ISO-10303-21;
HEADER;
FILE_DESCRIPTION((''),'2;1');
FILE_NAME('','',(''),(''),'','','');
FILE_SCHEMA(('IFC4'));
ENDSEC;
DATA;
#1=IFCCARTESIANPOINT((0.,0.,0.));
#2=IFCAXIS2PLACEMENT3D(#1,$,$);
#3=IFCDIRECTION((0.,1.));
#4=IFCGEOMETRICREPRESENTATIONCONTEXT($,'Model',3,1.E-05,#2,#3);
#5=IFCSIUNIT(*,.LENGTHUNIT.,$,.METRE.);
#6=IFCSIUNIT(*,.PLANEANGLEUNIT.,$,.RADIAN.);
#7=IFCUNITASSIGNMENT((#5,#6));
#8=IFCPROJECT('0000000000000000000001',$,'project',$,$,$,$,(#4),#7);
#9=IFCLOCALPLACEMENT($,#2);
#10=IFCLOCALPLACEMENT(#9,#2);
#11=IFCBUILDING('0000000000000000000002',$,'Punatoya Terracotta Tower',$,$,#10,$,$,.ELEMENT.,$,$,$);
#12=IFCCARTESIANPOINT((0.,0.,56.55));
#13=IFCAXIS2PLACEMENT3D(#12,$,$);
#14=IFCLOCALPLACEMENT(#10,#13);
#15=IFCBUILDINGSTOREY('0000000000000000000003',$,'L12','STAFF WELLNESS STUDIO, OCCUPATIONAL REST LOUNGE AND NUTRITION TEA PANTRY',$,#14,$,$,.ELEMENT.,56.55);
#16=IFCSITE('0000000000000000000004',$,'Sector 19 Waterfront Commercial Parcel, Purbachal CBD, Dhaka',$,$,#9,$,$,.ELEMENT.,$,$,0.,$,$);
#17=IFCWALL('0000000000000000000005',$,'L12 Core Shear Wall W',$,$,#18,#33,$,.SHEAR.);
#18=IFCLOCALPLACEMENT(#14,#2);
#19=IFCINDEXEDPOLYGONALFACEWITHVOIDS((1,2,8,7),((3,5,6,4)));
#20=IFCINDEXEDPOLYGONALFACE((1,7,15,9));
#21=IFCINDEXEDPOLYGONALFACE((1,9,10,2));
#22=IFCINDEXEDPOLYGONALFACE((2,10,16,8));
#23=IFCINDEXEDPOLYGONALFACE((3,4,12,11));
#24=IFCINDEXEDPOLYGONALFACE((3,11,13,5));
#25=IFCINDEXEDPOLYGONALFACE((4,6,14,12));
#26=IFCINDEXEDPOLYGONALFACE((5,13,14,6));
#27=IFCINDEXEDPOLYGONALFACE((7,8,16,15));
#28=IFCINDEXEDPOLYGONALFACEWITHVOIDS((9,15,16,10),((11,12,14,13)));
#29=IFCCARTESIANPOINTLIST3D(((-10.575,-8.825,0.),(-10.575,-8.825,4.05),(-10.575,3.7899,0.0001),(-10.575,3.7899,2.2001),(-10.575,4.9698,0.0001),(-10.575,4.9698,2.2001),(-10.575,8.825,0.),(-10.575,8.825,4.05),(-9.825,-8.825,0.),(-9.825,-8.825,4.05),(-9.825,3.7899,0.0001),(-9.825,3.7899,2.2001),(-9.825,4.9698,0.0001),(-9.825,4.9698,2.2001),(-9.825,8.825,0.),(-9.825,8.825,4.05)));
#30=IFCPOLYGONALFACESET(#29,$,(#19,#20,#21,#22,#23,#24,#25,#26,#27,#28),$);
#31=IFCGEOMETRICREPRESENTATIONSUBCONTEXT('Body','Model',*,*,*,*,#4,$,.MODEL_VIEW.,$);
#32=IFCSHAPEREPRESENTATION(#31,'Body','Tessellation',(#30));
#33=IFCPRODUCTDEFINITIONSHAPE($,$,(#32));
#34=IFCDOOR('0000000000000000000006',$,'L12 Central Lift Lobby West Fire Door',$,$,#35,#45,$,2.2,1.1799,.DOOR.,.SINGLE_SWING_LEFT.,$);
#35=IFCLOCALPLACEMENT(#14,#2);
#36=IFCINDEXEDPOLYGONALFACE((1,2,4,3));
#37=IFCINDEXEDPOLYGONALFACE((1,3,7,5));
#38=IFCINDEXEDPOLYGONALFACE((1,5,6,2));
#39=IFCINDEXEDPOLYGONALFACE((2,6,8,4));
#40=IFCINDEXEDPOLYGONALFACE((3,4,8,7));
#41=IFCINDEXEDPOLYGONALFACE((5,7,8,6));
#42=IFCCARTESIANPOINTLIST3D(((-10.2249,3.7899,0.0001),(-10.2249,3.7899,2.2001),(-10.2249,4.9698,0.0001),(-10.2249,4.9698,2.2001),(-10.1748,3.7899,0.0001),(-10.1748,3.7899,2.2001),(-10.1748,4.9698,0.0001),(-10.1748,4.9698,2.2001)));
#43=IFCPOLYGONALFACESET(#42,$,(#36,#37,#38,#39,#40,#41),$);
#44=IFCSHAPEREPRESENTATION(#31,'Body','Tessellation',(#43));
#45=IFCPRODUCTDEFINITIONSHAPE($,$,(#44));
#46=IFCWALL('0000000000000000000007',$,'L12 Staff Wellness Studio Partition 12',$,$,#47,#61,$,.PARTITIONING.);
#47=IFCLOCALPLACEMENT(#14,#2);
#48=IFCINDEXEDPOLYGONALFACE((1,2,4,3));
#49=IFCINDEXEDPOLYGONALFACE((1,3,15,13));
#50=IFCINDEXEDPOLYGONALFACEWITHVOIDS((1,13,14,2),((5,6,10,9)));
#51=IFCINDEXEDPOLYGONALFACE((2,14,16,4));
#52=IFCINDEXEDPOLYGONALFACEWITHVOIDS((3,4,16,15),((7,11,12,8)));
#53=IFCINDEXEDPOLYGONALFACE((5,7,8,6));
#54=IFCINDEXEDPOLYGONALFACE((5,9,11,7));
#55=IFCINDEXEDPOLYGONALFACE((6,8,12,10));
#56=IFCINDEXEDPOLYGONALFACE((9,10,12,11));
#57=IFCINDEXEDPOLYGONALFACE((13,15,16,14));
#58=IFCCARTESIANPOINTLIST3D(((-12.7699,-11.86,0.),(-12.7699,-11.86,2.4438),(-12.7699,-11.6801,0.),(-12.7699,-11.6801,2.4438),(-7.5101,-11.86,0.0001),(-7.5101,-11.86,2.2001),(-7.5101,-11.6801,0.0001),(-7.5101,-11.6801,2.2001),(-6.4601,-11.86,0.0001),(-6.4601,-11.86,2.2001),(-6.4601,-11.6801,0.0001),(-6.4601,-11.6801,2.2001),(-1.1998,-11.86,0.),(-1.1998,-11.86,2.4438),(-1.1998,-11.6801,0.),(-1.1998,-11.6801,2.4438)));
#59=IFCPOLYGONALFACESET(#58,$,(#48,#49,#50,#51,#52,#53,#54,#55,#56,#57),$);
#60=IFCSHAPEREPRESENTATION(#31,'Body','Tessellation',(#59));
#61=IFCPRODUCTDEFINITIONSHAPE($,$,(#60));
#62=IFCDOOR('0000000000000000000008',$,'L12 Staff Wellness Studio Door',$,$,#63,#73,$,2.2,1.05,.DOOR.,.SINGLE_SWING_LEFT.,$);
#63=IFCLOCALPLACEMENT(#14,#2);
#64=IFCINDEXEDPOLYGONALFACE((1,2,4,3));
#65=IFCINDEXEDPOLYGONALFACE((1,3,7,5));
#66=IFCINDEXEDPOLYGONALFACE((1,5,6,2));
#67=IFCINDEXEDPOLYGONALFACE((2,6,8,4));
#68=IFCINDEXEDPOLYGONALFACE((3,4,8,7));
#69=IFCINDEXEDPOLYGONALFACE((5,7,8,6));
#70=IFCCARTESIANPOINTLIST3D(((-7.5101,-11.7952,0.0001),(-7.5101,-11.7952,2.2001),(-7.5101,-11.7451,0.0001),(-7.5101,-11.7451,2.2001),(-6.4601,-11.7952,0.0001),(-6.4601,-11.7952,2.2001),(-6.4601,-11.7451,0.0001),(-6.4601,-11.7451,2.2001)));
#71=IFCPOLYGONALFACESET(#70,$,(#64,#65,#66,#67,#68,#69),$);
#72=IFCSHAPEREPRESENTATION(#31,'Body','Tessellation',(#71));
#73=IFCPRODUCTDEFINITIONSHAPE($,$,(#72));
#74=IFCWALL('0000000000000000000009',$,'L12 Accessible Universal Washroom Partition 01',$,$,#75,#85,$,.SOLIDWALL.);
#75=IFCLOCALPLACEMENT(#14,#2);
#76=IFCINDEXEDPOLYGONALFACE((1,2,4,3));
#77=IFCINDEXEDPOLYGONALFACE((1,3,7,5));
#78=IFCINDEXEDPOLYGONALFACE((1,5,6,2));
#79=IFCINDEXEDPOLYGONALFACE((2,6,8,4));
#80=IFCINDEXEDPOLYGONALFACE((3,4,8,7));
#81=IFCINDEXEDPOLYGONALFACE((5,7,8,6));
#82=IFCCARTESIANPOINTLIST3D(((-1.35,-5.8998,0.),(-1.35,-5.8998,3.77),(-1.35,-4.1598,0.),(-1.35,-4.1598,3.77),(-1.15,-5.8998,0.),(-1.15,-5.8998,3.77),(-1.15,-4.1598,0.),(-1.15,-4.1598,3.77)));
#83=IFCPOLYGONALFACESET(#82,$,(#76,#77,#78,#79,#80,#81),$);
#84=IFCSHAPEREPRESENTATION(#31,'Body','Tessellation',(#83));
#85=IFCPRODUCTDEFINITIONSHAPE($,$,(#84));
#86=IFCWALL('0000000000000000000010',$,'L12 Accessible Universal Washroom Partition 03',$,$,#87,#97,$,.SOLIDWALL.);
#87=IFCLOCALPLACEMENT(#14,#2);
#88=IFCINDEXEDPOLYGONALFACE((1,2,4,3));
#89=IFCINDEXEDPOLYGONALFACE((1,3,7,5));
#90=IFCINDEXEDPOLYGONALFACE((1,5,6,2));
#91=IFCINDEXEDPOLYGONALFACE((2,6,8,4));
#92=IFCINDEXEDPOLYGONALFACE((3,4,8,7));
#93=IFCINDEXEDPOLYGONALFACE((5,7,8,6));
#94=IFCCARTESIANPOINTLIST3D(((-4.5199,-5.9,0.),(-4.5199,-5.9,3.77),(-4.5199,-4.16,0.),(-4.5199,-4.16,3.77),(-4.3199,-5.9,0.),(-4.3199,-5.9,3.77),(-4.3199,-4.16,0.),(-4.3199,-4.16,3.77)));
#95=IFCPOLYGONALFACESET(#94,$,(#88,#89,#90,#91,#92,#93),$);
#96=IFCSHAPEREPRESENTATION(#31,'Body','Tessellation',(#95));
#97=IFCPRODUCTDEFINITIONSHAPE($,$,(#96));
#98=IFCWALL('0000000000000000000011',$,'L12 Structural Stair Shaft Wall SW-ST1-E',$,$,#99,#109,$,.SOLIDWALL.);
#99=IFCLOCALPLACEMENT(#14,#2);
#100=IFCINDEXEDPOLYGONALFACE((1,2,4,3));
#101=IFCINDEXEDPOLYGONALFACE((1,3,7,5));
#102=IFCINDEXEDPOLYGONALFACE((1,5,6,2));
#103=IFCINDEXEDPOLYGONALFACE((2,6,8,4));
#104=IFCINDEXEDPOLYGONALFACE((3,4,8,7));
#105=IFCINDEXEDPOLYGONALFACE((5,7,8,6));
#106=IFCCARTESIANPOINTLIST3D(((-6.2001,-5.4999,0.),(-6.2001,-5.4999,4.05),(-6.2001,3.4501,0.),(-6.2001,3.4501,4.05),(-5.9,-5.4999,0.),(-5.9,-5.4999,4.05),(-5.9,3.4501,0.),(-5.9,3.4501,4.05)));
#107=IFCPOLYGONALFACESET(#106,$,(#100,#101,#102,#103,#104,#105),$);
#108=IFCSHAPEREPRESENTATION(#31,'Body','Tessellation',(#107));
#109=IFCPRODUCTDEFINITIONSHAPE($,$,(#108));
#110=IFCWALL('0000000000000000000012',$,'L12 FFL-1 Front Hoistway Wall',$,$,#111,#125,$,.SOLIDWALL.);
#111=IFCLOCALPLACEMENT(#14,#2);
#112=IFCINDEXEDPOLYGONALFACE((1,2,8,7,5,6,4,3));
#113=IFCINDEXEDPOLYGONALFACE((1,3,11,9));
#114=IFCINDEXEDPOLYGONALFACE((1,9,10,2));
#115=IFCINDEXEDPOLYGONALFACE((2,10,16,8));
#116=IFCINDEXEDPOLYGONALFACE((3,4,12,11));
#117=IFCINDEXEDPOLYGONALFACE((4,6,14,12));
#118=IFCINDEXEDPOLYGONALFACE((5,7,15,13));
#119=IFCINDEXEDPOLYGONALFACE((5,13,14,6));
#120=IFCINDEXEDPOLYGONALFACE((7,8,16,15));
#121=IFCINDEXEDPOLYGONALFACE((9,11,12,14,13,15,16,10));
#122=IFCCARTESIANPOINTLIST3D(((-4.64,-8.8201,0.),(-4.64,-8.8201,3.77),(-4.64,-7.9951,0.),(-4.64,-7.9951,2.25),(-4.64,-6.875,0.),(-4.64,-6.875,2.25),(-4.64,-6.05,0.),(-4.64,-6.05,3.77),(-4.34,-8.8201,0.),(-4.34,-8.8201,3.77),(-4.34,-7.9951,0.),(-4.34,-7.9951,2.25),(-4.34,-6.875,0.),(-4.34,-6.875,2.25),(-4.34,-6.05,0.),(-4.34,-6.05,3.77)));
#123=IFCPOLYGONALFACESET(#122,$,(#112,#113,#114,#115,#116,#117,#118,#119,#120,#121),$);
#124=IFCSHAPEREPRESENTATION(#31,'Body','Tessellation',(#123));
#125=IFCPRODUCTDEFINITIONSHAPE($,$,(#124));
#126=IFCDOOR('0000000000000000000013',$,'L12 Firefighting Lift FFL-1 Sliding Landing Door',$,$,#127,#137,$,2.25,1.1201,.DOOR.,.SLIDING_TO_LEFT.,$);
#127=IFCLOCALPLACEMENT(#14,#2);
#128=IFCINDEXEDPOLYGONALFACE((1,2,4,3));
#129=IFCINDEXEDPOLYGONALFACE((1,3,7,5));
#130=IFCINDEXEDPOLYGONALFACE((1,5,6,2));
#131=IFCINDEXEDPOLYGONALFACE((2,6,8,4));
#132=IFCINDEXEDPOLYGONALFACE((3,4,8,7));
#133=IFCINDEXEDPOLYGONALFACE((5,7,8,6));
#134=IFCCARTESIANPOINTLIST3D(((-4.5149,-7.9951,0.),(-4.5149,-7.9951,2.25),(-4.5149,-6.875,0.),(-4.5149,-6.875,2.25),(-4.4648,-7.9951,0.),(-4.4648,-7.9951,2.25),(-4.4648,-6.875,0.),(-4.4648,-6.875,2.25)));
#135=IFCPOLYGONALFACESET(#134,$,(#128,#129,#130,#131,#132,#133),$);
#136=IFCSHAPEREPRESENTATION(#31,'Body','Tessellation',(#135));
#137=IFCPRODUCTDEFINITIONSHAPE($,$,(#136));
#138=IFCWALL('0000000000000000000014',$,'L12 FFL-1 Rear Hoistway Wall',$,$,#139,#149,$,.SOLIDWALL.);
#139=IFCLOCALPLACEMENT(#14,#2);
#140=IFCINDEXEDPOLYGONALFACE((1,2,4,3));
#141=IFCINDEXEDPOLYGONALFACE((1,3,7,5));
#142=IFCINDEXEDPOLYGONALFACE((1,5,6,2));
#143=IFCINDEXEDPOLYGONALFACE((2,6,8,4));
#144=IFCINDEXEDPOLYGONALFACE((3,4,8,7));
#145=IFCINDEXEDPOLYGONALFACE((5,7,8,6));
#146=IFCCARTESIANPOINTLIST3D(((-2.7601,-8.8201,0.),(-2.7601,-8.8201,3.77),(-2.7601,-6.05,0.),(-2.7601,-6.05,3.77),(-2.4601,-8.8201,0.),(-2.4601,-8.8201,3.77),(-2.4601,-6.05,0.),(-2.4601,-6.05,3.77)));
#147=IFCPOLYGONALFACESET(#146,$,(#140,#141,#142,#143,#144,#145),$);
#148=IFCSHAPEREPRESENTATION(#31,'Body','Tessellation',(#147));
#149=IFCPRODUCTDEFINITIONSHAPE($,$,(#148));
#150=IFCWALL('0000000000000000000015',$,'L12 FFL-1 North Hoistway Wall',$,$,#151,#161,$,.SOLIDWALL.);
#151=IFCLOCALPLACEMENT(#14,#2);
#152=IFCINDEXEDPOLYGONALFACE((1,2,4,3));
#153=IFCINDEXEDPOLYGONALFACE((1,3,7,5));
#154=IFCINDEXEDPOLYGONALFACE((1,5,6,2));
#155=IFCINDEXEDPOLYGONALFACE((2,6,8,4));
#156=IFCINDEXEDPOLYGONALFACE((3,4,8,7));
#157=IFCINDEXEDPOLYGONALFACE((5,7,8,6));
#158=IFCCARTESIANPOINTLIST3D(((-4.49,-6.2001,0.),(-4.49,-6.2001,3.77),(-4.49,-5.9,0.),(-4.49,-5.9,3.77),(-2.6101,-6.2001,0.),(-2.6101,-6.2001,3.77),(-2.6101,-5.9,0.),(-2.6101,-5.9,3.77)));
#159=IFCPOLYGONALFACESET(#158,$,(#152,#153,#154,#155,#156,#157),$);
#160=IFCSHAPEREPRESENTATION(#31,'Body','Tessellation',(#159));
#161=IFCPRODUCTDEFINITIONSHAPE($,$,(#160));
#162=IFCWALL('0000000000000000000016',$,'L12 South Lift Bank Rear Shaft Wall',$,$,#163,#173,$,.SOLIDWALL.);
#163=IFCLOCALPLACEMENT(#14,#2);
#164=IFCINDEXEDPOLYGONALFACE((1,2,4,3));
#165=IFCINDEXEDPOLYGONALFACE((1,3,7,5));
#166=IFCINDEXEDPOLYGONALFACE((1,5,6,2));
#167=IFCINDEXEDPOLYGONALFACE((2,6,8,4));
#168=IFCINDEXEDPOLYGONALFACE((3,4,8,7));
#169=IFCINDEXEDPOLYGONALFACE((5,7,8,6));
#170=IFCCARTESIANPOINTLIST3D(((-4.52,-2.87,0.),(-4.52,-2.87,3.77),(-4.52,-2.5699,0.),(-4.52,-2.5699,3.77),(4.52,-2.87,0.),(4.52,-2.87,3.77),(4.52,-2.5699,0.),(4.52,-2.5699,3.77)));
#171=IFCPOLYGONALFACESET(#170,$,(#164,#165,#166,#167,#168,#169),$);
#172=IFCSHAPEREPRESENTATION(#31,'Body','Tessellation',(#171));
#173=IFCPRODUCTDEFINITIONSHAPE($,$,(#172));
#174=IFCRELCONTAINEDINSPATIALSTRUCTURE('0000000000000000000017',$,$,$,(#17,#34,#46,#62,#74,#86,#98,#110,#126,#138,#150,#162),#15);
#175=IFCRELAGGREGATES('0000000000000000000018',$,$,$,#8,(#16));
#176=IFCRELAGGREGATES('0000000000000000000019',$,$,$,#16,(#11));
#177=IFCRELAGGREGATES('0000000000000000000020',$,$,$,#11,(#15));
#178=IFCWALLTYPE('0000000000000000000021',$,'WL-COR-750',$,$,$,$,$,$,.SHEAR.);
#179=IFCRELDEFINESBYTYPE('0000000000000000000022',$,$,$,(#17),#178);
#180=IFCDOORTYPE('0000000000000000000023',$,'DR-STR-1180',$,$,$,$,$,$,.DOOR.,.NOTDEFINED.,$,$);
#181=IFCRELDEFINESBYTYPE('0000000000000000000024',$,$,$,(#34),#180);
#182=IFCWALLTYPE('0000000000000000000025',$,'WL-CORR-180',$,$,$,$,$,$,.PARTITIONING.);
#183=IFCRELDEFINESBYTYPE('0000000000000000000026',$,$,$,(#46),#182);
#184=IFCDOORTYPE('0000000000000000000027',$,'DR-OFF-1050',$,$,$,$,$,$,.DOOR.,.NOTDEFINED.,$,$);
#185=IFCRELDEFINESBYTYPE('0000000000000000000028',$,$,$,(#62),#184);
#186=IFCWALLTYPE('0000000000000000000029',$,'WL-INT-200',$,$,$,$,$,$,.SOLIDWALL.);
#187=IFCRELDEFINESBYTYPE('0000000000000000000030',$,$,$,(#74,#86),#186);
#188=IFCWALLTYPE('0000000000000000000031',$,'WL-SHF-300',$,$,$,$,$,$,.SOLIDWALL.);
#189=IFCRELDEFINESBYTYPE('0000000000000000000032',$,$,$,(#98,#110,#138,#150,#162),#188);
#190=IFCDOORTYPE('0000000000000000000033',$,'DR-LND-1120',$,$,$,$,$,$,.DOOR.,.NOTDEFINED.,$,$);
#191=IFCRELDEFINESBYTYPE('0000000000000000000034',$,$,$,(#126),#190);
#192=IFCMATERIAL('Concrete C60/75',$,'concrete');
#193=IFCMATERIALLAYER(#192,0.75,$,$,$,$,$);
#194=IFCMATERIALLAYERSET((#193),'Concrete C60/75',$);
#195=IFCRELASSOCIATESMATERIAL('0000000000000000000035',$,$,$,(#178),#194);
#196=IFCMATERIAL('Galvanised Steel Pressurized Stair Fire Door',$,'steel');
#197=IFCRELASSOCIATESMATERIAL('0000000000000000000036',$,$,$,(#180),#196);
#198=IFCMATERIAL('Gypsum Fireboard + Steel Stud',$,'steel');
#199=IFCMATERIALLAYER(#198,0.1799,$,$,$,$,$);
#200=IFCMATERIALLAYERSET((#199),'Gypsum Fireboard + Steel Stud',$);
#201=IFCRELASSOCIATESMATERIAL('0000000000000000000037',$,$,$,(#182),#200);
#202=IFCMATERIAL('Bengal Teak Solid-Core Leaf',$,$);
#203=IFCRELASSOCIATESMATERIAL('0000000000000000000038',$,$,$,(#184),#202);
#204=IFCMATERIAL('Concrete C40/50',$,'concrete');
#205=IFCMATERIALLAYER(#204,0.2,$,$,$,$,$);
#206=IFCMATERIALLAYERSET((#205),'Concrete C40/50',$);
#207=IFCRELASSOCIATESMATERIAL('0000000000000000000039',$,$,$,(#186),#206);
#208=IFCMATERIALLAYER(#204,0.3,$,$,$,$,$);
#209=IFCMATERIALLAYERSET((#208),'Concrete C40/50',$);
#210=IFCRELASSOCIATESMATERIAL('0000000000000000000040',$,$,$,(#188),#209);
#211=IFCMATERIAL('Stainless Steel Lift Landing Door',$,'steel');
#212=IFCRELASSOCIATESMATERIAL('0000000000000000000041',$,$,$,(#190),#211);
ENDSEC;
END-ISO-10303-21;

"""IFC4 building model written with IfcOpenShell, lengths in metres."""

from ifc_helpers import new_model, si_unit, direction, frame, frame_2d, origin, place, context, subcontext, project, spatial, rectangle, extrude, material, layer, layer_set, type_object, element, fill, save


model = new_model("IFC4")

# Units and contexts
model_context = context("Model", 3, precision=1e-05, world=origin(), true_north=direction((0.0, 1.0)))
body_context = subcontext(model_context, "Body", "Model", "MODEL_VIEW")
ifc_project = project(units=[si_unit("LENGTHUNIT", "METRE"), si_unit("PLANEANGLEUNIT", "RADIAN")], contexts=[model_context])

# Site, building, storey
site_placement = place(None, origin())
site = spatial("IfcSite", under=ifc_project, at=site_placement, Name="Sector 19 Waterfront Commercial Parcel, Purbachal CBD, Dhaka", CompositionType="ELEMENT", RefElevation=0.0)
building_placement = place(site_placement, origin())
building = spatial("IfcBuilding", under=site, at=building_placement, Name="Punatoya Terracotta Tower", CompositionType="ELEMENT")
storey_placement = place(building_placement, frame((0.0, 0.0, 56.55)))
storey = spatial("IfcBuildingStorey", under=building, at=storey_placement, Name="L12", Description="STAFF WELLNESS STUDIO, OCCUPATIONAL REST LOUNGE AND NUTRITION TEA PANTRY", CompositionType="ELEMENT", Elevation=56.55)

# Shared definitions
ifc_material_1 = material(Name="Concrete C60/75", Category="concrete")

# Walls, openings, doors
ifc_layer_1 = layer(ifc_material_1, 0.75)
ifc_layer_set_1 = layer_set([ifc_layer_1], Name="Concrete C60/75")
wall_type_1 = type_object("IfcWallType", Name="WL-COR-750", PredefinedType="SHEAR", material=ifc_layer_set_1)
wall_1_placement = place(storey_placement, frame((-10.2, -8.825, 0.0), z_axis=(0.0, 0.0, 1.0), x_axis=(0.0, 1.0, 0.0)))
wall_1 = element("IfcWall", 1, at=wall_1_placement, inside=storey, type_object=wall_type_1, Name="L12 Core Shear Wall W", PredefinedType="SHEAR", context=body_context, shape_type="SweptSolid", body=[
    extrude(rectangle(XDim=17.6499, YDim=0.75, at=frame_2d((8.825, 0.0))), origin(), (0.0, 0.0, 1.0), 4.05),
])
opening_1_placement = place(wall_1_placement, frame((12.615, 0.0, 0.0)))
opening_1 = element("IfcOpeningElement", 2, at=opening_1_placement, cuts=wall_1, PredefinedType="OPENING", context=body_context, shape_type="SweptSolid", body=[
    extrude(rectangle(XDim=1.1799, YDim=2.2, at=frame_2d((0.5898, 1.1001))), frame((0.0, 0.385, 0.0), z_axis=(0.0, -1.0, 0.0), x_axis=(1.0, 0.0, 0.0)), (0.0, 0.0, 1.0), 0.77),
])
ifc_material_2 = material(Name="Galvanised Steel Pressurized Stair Fire Door", Category="steel")
door_type_1 = type_object("IfcDoorType", Name="DR-STR-1180", OperationType="NOTDEFINED", PredefinedType="DOOR", material=ifc_material_2)
door_1_placement = place(opening_1_placement, origin())
door_1 = element("IfcDoor", 3, at=door_1_placement, inside=storey, type_object=door_type_1, Name="L12 Central Lift Lobby West Fire Door", OperationType="SINGLE_SWING_LEFT", OverallHeight=2.2, OverallWidth=1.1799, PredefinedType="DOOR", context=body_context, shape_type="SweptSolid", body=[
    extrude(rectangle(XDim=1.1799, YDim=2.2, at=frame_2d((0.5898, 1.1001))), frame((0.0, 0.0249, 0.0), z_axis=(0.0, -1.0, 0.0), x_axis=(1.0, 0.0, 0.0)), (0.0, 0.0, 1.0), 0.05),
])
fill(opening_1, door_1)
ifc_material_3 = material(Name="Gypsum Fireboard + Steel Stud", Category="steel")
ifc_layer_2 = layer(ifc_material_3, 0.1799)
ifc_layer_set_2 = layer_set([ifc_layer_2], Name="Gypsum Fireboard + Steel Stud")
wall_type_2 = type_object("IfcWallType", Name="WL-CORR-180", PredefinedType="PARTITIONING", material=ifc_layer_set_2)
wall_2_placement = place(storey_placement, frame((-12.77, -11.77, 0.0), z_axis=(0.0, 0.0, 1.0), x_axis=(1.0, 0.0, 0.0)))
wall_2 = element("IfcWall", 4, at=wall_2_placement, inside=storey, type_object=wall_type_2, Name="L12 Staff Wellness Studio Partition 12", PredefinedType="PARTITIONING", context=body_context, shape_type="SweptSolid", body=[
    extrude(rectangle(XDim=11.5701, YDim=0.1799, at=frame_2d((5.7852, 0.0))), origin(), (0.0, 0.0, 1.0), 2.4438),
])
opening_2_placement = place(wall_2_placement, frame((5.26, 0.0, 0.0)))
opening_2 = element("IfcOpeningElement", 5, at=opening_2_placement, cuts=wall_2, PredefinedType="OPENING", context=body_context, shape_type="SweptSolid", body=[
    extrude(rectangle(XDim=1.05, YDim=2.2, at=frame_2d((0.5249, 1.1001))), frame((0.0, 0.0999, 0.0), z_axis=(0.0, -1.0, 0.0), x_axis=(1.0, 0.0, 0.0)), (0.0, 0.0, 1.0), 0.2),
])
ifc_material_4 = material(Name="Bengal Teak Solid-Core Leaf")
door_type_2 = type_object("IfcDoorType", Name="DR-OFF-1050", OperationType="NOTDEFINED", PredefinedType="DOOR", material=ifc_material_4)
door_2_placement = place(opening_2_placement, origin())
door_2 = element("IfcDoor", 6, at=door_2_placement, inside=storey, type_object=door_type_2, Name="L12 Staff Wellness Studio Door", OperationType="SINGLE_SWING_LEFT", OverallHeight=2.2, OverallWidth=1.05, PredefinedType="DOOR", context=body_context, shape_type="SweptSolid", body=[
    extrude(rectangle(XDim=1.05, YDim=2.2, at=frame_2d((0.5249, 1.1001))), frame((0.0, 0.0249, 0.0), z_axis=(0.0, -1.0, 0.0), x_axis=(1.0, 0.0, 0.0)), (0.0, 0.0, 1.0), 0.05),
])
fill(opening_2, door_2)

# Walls
ifc_material_5 = material(Name="Concrete C40/50", Category="concrete")
ifc_layer_3 = layer(ifc_material_5, 0.2)
ifc_layer_set_3 = layer_set([ifc_layer_3], Name="Concrete C40/50")
wall_type_3 = type_object("IfcWallType", Name="WL-INT-200", PredefinedType="SOLIDWALL", material=ifc_layer_set_3)
for number, where, z_axis, x_axis, name in (
    (7, (-1.25, -5.8999, 0.0), (0.0, 0.0, 1.0), (0.0, 1.0, 0.0), "L12 Accessible Universal Washroom Partition 01"),
    (8, (-4.4199, -4.1599, 0.0), (0.0, 0.0, 1.0), (0.0, -1.0, 0.0), "L12 Accessible Universal Washroom Partition 03"),
):
    element("IfcWall", number, at=place(storey_placement, frame(where, z_axis=z_axis, x_axis=x_axis)), inside=storey, type_object=wall_type_3, Name=name, PredefinedType="SOLIDWALL", context=body_context, shape_type="SweptSolid", body=[
        extrude(rectangle(XDim=1.74, YDim=0.2, at=frame_2d((0.8701, 0.0))), origin(), (0.0, 0.0, 1.0), 3.77),
    ])
ifc_layer_4 = layer(ifc_material_5, 0.3)
ifc_layer_set_4 = layer_set([ifc_layer_4], Name="Concrete C40/50")
wall_type_4 = type_object("IfcWallType", Name="WL-SHF-300", PredefinedType="SOLIDWALL", material=ifc_layer_set_4)
wall_3_placement = place(storey_placement, frame((-6.05, -5.5, 0.0), z_axis=(0.0, 0.0, 1.0), x_axis=(0.0, 1.0, 0.0)))
element("IfcWall", 9, at=wall_3_placement, inside=storey, type_object=wall_type_4, Name="L12 Structural Stair Shaft Wall SW-ST1-E", PredefinedType="SOLIDWALL", context=body_context, shape_type="SweptSolid", body=[
    extrude(rectangle(XDim=8.95, YDim=0.3, at=frame_2d((4.4751, 0.0))), origin(), (0.0, 0.0, 1.0), 4.05),
])

# Wall, opening, door
wall_4_placement = place(storey_placement, frame((-4.49, -8.8201, 0.0), z_axis=(0.0, 0.0, 1.0), x_axis=(0.0, 1.0, 0.0)))
wall_4 = element("IfcWall", 10, at=wall_4_placement, inside=storey, type_object=wall_type_4, Name="L12 FFL-1 Front Hoistway Wall", PredefinedType="SOLIDWALL", context=body_context, shape_type="SweptSolid", body=[
    extrude(rectangle(XDim=2.77, YDim=0.3, at=frame_2d((1.385, 0.0))), origin(), (0.0, 0.0, 1.0), 3.77),
])
opening_3_placement = place(wall_4_placement, frame((0.825, 0.0, 0.0)))
opening_3 = element("IfcOpeningElement", 11, at=opening_3_placement, cuts=wall_4, PredefinedType="OPENING", context=body_context, shape_type="SweptSolid", body=[
    extrude(rectangle(XDim=1.1201, YDim=2.25, at=frame_2d((0.5601, 1.125))), frame((0.0, 0.1599, 0.0), z_axis=(0.0, -1.0, 0.0), x_axis=(1.0, 0.0, 0.0)), (0.0, 0.0, 1.0), 0.3201),
])
ifc_material_6 = material(Name="Stainless Steel Lift Landing Door", Category="steel")
door_type_3 = type_object("IfcDoorType", Name="DR-LND-1120", OperationType="NOTDEFINED", PredefinedType="DOOR", material=ifc_material_6)
door_3_placement = place(opening_3_placement, origin())
door_3 = element("IfcDoor", 12, at=door_3_placement, inside=storey, type_object=door_type_3, Name="L12 Firefighting Lift FFL-1 Sliding Landing Door", OperationType="SLIDING_TO_LEFT", OverallHeight=2.25, OverallWidth=1.1201, PredefinedType="DOOR", context=body_context, shape_type="SweptSolid", body=[
    extrude(rectangle(XDim=1.1201, YDim=2.25, at=frame_2d((0.5601, 1.125))), frame((0.0, 0.0249, 0.0), z_axis=(0.0, -1.0, 0.0), x_axis=(1.0, 0.0, 0.0)), (0.0, 0.0, 1.0), 0.05),
])
fill(opening_3, door_3)

# Walls
wall_5_placement = place(storey_placement, frame((-2.6101, -8.8201, 0.0), z_axis=(0.0, 0.0, 1.0), x_axis=(0.0, 1.0, 0.0)))
element("IfcWall", 13, at=wall_5_placement, inside=storey, type_object=wall_type_4, Name="L12 FFL-1 Rear Hoistway Wall", PredefinedType="SOLIDWALL", context=body_context, shape_type="SweptSolid", body=[
    extrude(rectangle(XDim=2.77, YDim=0.3, at=frame_2d((1.385, 0.0))), origin(), (0.0, 0.0, 1.0), 3.77),
])
wall_6_placement = place(storey_placement, frame((-4.49, -6.05, 0.0), z_axis=(0.0, 0.0, 1.0), x_axis=(1.0, 0.0, 0.0)))
element("IfcWall", 14, at=wall_6_placement, inside=storey, type_object=wall_type_4, Name="L12 FFL-1 North Hoistway Wall", PredefinedType="SOLIDWALL", context=body_context, shape_type="SweptSolid", body=[
    extrude(rectangle(XDim=1.8799, YDim=0.3, at=frame_2d((0.9399, 0.0))), origin(), (0.0, 0.0, 1.0), 3.77),
])
wall_7_placement = place(storey_placement, frame((-4.52, -2.72, 0.0), z_axis=(0.0, 0.0, 1.0), x_axis=(1.0, 0.0, 0.0)))
element("IfcWall", 15, at=wall_7_placement, inside=storey, type_object=wall_type_4, Name="L12 South Lift Bank Rear Shaft Wall", PredefinedType="SOLIDWALL", context=body_context, shape_type="SweptSolid", body=[
    extrude(rectangle(XDim=9.04, YDim=0.3, at=frame_2d((4.52, 0.0))), origin(), (0.0, 0.0, 1.0), 3.77),
])

save(model, "model.ifc")
